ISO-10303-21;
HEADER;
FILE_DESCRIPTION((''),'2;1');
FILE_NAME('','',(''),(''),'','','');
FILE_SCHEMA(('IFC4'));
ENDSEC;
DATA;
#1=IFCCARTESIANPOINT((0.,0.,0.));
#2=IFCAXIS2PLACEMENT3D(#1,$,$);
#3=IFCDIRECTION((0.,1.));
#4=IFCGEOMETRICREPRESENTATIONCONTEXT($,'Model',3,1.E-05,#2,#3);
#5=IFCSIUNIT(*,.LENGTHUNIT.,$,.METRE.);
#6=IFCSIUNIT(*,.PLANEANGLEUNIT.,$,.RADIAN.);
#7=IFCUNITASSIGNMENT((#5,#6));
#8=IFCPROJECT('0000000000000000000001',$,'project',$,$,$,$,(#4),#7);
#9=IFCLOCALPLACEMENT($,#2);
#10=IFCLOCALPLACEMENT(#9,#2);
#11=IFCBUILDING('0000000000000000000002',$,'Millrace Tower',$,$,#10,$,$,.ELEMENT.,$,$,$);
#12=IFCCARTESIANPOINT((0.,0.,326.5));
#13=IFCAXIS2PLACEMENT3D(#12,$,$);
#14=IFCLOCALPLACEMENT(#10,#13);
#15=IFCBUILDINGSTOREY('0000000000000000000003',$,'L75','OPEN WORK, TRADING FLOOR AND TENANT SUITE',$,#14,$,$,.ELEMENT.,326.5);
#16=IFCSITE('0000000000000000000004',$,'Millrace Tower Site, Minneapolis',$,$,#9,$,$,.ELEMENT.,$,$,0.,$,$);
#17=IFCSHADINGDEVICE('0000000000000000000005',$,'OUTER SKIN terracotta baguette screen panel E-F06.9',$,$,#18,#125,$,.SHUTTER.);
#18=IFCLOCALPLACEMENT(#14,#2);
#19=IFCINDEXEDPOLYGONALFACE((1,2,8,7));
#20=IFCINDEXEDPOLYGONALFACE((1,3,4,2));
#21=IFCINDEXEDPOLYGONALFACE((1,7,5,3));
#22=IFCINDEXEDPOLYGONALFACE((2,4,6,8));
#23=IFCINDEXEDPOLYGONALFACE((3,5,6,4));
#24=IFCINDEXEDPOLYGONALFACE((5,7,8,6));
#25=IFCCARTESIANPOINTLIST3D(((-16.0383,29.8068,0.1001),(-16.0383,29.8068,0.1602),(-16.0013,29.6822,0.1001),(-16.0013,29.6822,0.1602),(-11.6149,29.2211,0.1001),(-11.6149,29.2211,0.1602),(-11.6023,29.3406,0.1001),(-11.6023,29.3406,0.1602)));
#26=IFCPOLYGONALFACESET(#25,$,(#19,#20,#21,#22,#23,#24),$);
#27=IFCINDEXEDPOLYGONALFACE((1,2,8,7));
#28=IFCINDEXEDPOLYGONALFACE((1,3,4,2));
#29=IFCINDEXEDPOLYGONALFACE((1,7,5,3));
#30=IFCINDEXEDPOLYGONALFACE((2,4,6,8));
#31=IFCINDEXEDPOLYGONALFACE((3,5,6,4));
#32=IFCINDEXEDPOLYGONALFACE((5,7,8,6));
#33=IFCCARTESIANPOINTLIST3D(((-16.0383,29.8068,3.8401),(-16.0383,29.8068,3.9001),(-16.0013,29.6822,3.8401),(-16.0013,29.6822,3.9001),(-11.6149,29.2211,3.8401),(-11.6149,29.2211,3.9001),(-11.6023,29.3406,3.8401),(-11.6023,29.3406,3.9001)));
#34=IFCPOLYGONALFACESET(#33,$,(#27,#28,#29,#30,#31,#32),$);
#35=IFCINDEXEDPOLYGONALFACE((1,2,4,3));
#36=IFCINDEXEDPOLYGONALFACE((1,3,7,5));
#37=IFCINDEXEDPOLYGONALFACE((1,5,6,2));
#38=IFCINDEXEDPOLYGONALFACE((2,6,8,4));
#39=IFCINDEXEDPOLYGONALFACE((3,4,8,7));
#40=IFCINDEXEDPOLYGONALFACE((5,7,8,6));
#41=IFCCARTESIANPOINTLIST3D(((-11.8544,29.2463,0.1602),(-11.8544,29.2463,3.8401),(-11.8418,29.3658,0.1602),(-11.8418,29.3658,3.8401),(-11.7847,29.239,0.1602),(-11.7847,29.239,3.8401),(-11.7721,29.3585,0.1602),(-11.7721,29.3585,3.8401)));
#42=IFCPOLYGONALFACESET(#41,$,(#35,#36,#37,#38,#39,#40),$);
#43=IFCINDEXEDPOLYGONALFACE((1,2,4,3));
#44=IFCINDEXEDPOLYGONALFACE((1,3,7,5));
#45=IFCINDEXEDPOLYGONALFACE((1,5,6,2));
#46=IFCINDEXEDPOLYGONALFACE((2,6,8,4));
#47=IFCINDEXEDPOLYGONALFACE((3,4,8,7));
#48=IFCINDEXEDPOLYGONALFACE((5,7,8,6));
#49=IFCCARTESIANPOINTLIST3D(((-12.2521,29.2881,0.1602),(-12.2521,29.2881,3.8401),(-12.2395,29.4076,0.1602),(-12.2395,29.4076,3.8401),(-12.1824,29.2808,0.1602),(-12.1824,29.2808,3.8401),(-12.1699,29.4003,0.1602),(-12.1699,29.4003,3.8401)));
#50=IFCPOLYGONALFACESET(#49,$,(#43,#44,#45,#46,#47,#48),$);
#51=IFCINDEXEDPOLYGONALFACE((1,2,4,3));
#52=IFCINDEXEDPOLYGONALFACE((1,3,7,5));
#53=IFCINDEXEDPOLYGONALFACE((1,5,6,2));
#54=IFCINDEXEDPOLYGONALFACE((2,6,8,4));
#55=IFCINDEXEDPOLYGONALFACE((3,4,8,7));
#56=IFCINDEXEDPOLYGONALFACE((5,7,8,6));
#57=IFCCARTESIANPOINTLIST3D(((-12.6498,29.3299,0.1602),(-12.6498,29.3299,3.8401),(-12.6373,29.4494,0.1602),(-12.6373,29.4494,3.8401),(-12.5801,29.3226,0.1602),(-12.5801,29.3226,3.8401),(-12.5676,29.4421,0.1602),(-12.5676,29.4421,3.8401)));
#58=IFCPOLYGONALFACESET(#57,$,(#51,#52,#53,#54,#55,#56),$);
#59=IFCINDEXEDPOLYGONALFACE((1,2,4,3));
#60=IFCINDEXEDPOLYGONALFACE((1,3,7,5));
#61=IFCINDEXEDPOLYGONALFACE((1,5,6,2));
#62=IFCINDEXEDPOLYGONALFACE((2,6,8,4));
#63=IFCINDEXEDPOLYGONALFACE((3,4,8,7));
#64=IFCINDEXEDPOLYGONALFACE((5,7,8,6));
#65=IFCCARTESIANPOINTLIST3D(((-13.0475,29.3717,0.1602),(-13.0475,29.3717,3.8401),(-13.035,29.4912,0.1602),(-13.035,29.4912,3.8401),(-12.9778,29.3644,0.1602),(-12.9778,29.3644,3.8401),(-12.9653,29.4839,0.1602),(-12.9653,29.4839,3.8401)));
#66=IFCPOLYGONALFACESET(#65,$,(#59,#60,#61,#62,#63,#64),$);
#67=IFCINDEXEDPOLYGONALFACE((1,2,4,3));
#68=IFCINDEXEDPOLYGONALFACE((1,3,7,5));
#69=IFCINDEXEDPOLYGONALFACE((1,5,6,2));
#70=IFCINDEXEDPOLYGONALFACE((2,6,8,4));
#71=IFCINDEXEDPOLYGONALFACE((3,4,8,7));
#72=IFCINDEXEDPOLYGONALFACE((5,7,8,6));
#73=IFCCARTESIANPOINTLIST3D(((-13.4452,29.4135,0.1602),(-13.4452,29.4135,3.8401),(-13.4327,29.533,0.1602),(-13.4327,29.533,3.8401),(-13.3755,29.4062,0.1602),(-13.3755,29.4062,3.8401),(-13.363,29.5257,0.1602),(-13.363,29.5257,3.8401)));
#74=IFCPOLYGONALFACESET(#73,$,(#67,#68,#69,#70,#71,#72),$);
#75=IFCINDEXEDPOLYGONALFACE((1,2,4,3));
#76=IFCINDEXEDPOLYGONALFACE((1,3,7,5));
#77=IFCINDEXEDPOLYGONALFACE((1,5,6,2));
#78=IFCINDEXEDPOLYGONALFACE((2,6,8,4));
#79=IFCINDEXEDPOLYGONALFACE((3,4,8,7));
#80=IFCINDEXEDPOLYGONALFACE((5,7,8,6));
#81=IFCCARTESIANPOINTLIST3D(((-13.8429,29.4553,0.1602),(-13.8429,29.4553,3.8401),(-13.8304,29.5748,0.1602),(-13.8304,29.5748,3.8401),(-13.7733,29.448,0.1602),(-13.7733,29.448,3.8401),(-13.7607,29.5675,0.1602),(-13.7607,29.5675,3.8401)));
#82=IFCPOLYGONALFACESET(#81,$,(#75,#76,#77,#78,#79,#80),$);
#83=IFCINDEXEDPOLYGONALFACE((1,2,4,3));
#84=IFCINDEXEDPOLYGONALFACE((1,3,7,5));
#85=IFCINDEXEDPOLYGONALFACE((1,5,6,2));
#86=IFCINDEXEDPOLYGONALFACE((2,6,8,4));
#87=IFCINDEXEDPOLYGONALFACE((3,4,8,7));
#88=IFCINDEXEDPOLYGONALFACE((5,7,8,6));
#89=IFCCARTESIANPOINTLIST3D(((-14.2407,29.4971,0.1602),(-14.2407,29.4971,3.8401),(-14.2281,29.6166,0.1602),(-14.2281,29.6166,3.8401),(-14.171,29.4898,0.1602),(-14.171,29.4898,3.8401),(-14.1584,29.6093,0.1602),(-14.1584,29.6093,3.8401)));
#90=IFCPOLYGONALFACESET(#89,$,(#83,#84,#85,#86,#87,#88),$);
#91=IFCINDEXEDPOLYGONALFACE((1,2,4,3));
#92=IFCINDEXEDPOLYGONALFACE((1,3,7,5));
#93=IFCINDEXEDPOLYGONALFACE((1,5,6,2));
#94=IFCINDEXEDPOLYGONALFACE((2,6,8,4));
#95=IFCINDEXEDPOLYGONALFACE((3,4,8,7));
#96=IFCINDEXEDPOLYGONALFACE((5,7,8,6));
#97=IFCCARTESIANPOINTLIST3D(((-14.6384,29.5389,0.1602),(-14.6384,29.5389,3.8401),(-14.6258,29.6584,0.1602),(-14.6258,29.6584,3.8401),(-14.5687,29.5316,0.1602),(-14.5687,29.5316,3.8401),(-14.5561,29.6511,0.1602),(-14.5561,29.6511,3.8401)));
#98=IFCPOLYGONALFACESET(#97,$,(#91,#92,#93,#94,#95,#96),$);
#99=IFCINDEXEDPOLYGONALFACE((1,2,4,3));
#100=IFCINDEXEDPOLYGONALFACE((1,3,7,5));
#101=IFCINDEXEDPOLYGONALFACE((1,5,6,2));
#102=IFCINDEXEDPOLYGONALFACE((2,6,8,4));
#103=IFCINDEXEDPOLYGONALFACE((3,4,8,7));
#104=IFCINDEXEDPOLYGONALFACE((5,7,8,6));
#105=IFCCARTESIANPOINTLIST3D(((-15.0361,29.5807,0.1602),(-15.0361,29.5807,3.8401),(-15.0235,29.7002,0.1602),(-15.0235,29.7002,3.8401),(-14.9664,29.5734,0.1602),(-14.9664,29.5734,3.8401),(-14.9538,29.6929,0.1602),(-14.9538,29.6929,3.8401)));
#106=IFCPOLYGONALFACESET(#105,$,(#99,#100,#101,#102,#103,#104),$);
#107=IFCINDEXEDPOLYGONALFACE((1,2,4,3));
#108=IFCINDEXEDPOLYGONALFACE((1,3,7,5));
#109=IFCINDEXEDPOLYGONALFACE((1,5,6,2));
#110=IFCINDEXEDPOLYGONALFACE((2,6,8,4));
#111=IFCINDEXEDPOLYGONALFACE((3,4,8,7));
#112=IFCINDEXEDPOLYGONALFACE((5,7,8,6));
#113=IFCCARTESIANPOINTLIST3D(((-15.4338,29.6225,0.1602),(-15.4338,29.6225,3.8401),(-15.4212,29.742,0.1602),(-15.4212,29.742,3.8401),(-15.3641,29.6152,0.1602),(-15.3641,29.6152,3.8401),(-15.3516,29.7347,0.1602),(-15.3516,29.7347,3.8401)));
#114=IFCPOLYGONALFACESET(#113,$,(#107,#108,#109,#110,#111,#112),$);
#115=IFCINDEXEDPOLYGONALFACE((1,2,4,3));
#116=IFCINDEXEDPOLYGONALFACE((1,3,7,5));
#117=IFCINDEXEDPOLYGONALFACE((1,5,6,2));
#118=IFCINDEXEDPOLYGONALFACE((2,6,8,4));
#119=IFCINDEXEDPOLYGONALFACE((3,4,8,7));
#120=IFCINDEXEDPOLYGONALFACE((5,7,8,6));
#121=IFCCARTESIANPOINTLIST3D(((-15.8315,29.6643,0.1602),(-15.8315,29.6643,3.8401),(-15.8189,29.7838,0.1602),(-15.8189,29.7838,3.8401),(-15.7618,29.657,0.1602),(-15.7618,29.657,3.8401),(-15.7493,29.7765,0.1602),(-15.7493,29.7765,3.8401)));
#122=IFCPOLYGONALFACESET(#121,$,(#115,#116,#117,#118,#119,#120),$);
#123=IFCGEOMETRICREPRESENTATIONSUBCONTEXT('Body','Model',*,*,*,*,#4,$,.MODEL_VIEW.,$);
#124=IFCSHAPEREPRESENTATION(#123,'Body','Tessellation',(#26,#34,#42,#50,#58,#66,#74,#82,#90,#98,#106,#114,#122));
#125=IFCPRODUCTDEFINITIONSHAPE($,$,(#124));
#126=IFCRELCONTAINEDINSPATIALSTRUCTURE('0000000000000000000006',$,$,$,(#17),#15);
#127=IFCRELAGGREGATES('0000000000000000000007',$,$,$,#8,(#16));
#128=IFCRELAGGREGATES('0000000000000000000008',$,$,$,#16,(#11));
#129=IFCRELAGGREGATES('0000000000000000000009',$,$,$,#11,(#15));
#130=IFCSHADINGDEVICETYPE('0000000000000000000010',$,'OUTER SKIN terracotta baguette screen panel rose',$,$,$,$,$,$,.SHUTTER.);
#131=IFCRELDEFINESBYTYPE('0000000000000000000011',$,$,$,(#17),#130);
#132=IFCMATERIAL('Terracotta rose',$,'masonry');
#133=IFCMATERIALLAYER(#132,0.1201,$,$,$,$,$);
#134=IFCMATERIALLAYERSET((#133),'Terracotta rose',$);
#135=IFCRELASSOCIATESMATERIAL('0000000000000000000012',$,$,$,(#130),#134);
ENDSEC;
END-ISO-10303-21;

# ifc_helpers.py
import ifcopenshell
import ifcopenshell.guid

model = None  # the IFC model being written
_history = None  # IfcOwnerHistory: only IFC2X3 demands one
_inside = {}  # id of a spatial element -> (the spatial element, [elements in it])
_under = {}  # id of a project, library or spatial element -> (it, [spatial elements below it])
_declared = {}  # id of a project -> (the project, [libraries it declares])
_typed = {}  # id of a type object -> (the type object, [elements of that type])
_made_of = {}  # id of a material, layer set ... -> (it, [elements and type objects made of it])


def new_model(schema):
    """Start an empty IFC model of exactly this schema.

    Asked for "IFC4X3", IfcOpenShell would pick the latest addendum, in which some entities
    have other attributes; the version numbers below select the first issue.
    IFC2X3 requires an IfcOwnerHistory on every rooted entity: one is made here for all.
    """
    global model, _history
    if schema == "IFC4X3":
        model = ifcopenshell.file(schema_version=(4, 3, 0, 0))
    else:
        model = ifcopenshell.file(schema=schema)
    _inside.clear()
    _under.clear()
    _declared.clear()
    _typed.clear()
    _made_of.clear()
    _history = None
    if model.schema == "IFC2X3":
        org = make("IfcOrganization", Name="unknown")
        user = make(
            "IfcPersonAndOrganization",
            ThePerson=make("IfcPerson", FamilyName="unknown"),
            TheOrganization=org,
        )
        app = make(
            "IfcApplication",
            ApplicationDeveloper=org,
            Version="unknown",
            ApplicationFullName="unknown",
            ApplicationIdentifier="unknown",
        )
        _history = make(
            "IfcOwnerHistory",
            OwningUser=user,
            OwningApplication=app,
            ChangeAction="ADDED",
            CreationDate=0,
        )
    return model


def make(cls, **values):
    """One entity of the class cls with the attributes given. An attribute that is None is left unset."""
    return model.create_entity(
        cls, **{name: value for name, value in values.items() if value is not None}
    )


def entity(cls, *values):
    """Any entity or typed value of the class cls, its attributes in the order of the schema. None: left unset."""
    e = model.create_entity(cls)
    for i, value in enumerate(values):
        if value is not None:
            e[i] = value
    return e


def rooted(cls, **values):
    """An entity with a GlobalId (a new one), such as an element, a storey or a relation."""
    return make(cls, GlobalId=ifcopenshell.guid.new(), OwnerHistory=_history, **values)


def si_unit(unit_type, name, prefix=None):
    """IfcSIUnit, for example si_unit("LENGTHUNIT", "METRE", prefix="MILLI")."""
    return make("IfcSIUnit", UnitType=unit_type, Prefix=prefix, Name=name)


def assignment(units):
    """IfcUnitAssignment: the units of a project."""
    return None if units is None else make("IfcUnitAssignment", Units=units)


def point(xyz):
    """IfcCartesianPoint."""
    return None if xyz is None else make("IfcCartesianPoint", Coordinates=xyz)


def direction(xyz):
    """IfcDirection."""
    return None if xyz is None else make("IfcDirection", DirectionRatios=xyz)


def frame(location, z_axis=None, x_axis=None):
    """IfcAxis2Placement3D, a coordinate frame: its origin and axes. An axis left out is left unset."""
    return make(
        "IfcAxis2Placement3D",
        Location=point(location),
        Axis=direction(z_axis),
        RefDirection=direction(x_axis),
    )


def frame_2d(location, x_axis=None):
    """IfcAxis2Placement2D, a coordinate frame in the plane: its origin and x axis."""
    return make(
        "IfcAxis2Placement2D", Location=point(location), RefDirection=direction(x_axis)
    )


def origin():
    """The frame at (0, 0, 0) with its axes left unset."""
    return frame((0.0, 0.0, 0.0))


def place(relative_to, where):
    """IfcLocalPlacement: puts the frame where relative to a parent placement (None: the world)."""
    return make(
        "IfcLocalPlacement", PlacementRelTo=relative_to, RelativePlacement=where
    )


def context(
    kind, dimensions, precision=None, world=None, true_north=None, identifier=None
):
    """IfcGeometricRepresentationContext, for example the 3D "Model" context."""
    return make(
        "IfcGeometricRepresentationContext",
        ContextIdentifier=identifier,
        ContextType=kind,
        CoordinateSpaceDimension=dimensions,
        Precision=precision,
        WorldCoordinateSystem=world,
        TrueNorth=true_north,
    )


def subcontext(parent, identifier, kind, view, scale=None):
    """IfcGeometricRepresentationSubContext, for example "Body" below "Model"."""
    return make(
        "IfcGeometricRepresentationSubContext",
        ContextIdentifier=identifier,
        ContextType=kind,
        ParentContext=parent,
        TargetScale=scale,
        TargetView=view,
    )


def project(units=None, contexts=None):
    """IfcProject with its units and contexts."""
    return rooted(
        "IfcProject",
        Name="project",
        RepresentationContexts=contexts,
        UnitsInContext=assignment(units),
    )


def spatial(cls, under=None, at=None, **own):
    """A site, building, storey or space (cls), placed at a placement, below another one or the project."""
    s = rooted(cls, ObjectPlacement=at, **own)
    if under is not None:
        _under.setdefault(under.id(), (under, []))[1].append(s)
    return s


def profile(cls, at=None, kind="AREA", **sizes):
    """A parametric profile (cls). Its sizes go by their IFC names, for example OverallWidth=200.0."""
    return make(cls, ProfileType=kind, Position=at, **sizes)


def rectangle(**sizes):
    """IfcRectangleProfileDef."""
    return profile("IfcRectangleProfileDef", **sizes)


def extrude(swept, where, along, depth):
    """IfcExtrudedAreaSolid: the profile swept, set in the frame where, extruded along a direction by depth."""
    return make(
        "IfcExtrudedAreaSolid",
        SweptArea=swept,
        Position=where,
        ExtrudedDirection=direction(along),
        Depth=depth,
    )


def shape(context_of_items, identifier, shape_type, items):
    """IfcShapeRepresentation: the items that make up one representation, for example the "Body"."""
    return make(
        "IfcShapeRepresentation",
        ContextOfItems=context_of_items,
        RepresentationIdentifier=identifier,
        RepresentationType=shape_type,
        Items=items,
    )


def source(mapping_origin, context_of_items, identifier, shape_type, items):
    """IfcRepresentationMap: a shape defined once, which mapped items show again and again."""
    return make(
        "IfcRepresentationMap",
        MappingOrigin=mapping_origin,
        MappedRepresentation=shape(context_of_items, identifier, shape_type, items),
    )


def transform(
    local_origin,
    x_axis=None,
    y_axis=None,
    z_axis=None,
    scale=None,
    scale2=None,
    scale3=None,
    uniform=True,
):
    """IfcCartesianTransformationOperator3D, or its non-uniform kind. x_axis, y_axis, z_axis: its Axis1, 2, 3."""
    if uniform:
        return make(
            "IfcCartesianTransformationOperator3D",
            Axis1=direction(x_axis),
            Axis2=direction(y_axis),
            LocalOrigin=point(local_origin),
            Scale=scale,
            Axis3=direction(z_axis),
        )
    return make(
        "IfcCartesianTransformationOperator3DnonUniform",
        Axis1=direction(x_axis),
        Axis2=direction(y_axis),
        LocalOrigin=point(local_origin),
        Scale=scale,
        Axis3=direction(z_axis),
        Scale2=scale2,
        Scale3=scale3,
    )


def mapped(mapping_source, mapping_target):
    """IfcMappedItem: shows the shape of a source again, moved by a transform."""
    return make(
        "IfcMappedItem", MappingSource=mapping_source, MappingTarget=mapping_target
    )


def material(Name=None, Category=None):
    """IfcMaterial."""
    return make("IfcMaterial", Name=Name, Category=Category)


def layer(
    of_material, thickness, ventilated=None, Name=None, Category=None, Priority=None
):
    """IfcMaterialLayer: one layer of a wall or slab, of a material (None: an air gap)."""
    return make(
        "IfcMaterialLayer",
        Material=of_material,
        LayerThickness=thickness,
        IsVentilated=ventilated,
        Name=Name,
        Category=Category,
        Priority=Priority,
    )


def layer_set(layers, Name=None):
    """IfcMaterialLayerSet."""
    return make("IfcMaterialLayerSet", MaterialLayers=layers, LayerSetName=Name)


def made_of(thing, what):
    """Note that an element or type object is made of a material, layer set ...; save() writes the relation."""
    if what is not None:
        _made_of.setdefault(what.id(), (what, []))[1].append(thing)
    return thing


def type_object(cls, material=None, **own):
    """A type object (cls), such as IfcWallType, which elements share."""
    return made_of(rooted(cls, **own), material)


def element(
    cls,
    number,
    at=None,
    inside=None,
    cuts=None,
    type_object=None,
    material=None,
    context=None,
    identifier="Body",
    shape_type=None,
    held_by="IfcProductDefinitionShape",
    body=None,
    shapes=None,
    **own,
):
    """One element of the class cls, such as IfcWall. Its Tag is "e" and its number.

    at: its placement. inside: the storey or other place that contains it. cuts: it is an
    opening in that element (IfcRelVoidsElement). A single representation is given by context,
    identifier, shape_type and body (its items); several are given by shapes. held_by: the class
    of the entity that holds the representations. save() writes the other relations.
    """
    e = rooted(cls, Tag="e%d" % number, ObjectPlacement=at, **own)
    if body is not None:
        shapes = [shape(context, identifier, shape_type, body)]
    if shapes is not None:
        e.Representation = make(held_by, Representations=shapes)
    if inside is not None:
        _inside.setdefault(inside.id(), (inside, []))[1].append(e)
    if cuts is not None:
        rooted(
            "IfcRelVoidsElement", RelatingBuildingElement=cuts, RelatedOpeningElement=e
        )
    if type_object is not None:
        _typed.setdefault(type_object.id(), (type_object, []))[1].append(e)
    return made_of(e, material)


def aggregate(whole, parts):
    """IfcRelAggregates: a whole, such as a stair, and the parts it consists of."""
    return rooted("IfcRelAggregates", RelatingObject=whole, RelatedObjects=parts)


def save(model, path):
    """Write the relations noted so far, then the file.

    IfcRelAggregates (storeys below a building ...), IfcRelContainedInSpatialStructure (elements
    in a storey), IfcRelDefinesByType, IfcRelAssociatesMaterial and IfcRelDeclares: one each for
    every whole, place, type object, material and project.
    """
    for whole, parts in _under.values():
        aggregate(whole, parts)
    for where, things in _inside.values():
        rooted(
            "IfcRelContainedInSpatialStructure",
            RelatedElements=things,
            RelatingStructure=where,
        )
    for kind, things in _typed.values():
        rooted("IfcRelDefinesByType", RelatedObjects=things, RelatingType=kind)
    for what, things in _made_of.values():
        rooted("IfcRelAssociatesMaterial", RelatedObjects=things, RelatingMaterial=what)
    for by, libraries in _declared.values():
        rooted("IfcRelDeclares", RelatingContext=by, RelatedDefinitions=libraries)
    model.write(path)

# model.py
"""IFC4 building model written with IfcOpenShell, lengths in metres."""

from ifc_helpers import new_model, entity, si_unit, direction, frame, frame_2d, origin, place, context, subcontext, project, spatial, rectangle, extrude, source, transform, mapped, material, layer, layer_set, type_object, element, save


model = new_model("IFC4")

# Units and contexts
model_context = context("Model", 3, precision=1e-05, world=origin(), true_north=direction((0.0, 1.0)))
body_context = subcontext(model_context, "Body", "Model", "MODEL_VIEW")
ifc_project = project(units=[si_unit("LENGTHUNIT", "METRE"), si_unit("PLANEANGLEUNIT", "RADIAN")], contexts=[model_context])

# Site, building, storey
site_placement = place(None, origin())
site = spatial("IfcSite", under=ifc_project, at=site_placement, Name="Millrace Tower Site, Minneapolis", CompositionType="ELEMENT", RefElevation=0.0)
building_placement = place(site_placement, origin())
building = spatial("IfcBuilding", under=site, at=building_placement, Name="Millrace Tower", CompositionType="ELEMENT")
storey_placement = place(building_placement, frame((0.0, 0.0, 326.5)))
storey = spatial("IfcBuildingStorey", under=building, at=storey_placement, Name="L75", Description="OPEN WORK, TRADING FLOOR AND TENANT SUITE", CompositionType="ELEMENT", Elevation=326.5)

# Shading device
ifc_material_1 = material(Name="Terracotta rose", Category="masonry")
ifc_layer_1 = layer(ifc_material_1, 0.1201)
ifc_layer_set_1 = layer_set([ifc_layer_1], Name="Terracotta rose")
shading_device_type = type_object("IfcShadingDeviceType", Name="OUTER SKIN terracotta baguette screen panel rose", PredefinedType="SHUTTER", material=ifc_layer_set_1)
cartesian_point_1 = entity("IfcCartesianPoint", [-2.2178, 0.0601])
shared_polyline_1 = entity("IfcPolyline", [cartesian_point_1, entity("IfcCartesianPoint", [2.1929, 0.0601]), entity("IfcCartesianPoint", [2.2427, -0.0601]), entity("IfcCartesianPoint", [-2.2178, -0.0601]), cartesian_point_1])
shared_shape_1 = source(origin(), body_context, "Body", "SweptSolid", [
    entity("IfcExtrudedAreaSolid", entity("IfcArbitraryClosedProfileDef", "AREA", None, shared_polyline_1), entity("IfcAxis2Placement3D", entity("IfcCartesianPoint", [0.0, 0.0, 0.0])), entity("IfcDirection", [0.0, 0.0, 1.0]), 0.0601),
    entity("IfcExtrudedAreaSolid", entity("IfcArbitraryClosedProfileDef", "AREA", None, shared_polyline_1), entity("IfcAxis2Placement3D", entity("IfcCartesianPoint", [0.0, 0.0, 3.74])), entity("IfcDirection", [0.0, 0.0, 1.0]), 0.0601),
    extrude(rectangle(XDim=0.0701, YDim=0.1201, at=frame_2d((-2.012, 0.0))), frame((0.0, 0.0, 0.0601)), (0.0, 0.0, 1.0), 3.6799),
    extrude(rectangle(XDim=0.0701, YDim=0.1201, at=frame_2d((-1.6121, 0.0))), frame((0.0, 0.0, 0.0601)), (0.0, 0.0, 1.0), 3.6799),
    extrude(rectangle(XDim=0.0701, YDim=0.1201, at=frame_2d((-1.2122, 0.0))), frame((0.0, 0.0, 0.0601)), (0.0, 0.0, 1.0), 3.6799),
    extrude(rectangle(XDim=0.0701, YDim=0.1201, at=frame_2d((-0.8123, 0.0))), frame((0.0, 0.0, 0.0601)), (0.0, 0.0, 1.0), 3.6799),
    extrude(rectangle(XDim=0.0701, YDim=0.1201, at=frame_2d((-0.4124, 0.0))), frame((0.0, 0.0, 0.0601)), (0.0, 0.0, 1.0), 3.6799),
    extrude(rectangle(XDim=0.0701, YDim=0.1201, at=frame_2d((-0.0125, 0.0))), frame((0.0, 0.0, 0.0601)), (0.0, 0.0, 1.0), 3.6799),
    extrude(rectangle(XDim=0.0701, YDim=0.1201, at=frame_2d((0.3875, 0.0))), frame((0.0, 0.0, 0.0601)), (0.0, 0.0, 1.0), 3.6799),
    extrude(rectangle(XDim=0.0701, YDim=0.1201, at=frame_2d((0.7874, 0.0))), frame((0.0, 0.0, 0.0601)), (0.0, 0.0, 1.0), 3.6799),
    extrude(rectangle(XDim=0.0701, YDim=0.1201, at=frame_2d((1.1873, 0.0))), frame((0.0, 0.0, 0.0601)), (0.0, 0.0, 1.0), 3.6799),
    extrude(rectangle(XDim=0.0701, YDim=0.1201, at=frame_2d((1.5872, 0.0))), frame((0.0, 0.0, 0.0601)), (0.0, 0.0, 1.0), 3.6799),
    extrude(rectangle(XDim=0.0701, YDim=0.1201, at=frame_2d((1.9871, 0.0))), frame((0.0, 0.0, 0.0601)), (0.0, 0.0, 1.0), 3.6799),
])
shading_device_placement = place(storey_placement, frame((-13.8142, 29.5127, 0.1001), z_axis=(0.0, 0.0, 1.0), x_axis=(-0.994522, 0.104528, 0.0)))
element("IfcShadingDevice", 1, at=shading_device_placement, inside=storey, type_object=shading_device_type, Name="OUTER SKIN terracotta baguette screen panel E-F06.9", PredefinedType="SHUTTER", context=body_context, shape_type="MappedRepresentation", body=[
    mapped(shared_shape_1, transform((0.0, 0.0, 0.0), scale=1.0)),
])

save(model, "model.ifc")
